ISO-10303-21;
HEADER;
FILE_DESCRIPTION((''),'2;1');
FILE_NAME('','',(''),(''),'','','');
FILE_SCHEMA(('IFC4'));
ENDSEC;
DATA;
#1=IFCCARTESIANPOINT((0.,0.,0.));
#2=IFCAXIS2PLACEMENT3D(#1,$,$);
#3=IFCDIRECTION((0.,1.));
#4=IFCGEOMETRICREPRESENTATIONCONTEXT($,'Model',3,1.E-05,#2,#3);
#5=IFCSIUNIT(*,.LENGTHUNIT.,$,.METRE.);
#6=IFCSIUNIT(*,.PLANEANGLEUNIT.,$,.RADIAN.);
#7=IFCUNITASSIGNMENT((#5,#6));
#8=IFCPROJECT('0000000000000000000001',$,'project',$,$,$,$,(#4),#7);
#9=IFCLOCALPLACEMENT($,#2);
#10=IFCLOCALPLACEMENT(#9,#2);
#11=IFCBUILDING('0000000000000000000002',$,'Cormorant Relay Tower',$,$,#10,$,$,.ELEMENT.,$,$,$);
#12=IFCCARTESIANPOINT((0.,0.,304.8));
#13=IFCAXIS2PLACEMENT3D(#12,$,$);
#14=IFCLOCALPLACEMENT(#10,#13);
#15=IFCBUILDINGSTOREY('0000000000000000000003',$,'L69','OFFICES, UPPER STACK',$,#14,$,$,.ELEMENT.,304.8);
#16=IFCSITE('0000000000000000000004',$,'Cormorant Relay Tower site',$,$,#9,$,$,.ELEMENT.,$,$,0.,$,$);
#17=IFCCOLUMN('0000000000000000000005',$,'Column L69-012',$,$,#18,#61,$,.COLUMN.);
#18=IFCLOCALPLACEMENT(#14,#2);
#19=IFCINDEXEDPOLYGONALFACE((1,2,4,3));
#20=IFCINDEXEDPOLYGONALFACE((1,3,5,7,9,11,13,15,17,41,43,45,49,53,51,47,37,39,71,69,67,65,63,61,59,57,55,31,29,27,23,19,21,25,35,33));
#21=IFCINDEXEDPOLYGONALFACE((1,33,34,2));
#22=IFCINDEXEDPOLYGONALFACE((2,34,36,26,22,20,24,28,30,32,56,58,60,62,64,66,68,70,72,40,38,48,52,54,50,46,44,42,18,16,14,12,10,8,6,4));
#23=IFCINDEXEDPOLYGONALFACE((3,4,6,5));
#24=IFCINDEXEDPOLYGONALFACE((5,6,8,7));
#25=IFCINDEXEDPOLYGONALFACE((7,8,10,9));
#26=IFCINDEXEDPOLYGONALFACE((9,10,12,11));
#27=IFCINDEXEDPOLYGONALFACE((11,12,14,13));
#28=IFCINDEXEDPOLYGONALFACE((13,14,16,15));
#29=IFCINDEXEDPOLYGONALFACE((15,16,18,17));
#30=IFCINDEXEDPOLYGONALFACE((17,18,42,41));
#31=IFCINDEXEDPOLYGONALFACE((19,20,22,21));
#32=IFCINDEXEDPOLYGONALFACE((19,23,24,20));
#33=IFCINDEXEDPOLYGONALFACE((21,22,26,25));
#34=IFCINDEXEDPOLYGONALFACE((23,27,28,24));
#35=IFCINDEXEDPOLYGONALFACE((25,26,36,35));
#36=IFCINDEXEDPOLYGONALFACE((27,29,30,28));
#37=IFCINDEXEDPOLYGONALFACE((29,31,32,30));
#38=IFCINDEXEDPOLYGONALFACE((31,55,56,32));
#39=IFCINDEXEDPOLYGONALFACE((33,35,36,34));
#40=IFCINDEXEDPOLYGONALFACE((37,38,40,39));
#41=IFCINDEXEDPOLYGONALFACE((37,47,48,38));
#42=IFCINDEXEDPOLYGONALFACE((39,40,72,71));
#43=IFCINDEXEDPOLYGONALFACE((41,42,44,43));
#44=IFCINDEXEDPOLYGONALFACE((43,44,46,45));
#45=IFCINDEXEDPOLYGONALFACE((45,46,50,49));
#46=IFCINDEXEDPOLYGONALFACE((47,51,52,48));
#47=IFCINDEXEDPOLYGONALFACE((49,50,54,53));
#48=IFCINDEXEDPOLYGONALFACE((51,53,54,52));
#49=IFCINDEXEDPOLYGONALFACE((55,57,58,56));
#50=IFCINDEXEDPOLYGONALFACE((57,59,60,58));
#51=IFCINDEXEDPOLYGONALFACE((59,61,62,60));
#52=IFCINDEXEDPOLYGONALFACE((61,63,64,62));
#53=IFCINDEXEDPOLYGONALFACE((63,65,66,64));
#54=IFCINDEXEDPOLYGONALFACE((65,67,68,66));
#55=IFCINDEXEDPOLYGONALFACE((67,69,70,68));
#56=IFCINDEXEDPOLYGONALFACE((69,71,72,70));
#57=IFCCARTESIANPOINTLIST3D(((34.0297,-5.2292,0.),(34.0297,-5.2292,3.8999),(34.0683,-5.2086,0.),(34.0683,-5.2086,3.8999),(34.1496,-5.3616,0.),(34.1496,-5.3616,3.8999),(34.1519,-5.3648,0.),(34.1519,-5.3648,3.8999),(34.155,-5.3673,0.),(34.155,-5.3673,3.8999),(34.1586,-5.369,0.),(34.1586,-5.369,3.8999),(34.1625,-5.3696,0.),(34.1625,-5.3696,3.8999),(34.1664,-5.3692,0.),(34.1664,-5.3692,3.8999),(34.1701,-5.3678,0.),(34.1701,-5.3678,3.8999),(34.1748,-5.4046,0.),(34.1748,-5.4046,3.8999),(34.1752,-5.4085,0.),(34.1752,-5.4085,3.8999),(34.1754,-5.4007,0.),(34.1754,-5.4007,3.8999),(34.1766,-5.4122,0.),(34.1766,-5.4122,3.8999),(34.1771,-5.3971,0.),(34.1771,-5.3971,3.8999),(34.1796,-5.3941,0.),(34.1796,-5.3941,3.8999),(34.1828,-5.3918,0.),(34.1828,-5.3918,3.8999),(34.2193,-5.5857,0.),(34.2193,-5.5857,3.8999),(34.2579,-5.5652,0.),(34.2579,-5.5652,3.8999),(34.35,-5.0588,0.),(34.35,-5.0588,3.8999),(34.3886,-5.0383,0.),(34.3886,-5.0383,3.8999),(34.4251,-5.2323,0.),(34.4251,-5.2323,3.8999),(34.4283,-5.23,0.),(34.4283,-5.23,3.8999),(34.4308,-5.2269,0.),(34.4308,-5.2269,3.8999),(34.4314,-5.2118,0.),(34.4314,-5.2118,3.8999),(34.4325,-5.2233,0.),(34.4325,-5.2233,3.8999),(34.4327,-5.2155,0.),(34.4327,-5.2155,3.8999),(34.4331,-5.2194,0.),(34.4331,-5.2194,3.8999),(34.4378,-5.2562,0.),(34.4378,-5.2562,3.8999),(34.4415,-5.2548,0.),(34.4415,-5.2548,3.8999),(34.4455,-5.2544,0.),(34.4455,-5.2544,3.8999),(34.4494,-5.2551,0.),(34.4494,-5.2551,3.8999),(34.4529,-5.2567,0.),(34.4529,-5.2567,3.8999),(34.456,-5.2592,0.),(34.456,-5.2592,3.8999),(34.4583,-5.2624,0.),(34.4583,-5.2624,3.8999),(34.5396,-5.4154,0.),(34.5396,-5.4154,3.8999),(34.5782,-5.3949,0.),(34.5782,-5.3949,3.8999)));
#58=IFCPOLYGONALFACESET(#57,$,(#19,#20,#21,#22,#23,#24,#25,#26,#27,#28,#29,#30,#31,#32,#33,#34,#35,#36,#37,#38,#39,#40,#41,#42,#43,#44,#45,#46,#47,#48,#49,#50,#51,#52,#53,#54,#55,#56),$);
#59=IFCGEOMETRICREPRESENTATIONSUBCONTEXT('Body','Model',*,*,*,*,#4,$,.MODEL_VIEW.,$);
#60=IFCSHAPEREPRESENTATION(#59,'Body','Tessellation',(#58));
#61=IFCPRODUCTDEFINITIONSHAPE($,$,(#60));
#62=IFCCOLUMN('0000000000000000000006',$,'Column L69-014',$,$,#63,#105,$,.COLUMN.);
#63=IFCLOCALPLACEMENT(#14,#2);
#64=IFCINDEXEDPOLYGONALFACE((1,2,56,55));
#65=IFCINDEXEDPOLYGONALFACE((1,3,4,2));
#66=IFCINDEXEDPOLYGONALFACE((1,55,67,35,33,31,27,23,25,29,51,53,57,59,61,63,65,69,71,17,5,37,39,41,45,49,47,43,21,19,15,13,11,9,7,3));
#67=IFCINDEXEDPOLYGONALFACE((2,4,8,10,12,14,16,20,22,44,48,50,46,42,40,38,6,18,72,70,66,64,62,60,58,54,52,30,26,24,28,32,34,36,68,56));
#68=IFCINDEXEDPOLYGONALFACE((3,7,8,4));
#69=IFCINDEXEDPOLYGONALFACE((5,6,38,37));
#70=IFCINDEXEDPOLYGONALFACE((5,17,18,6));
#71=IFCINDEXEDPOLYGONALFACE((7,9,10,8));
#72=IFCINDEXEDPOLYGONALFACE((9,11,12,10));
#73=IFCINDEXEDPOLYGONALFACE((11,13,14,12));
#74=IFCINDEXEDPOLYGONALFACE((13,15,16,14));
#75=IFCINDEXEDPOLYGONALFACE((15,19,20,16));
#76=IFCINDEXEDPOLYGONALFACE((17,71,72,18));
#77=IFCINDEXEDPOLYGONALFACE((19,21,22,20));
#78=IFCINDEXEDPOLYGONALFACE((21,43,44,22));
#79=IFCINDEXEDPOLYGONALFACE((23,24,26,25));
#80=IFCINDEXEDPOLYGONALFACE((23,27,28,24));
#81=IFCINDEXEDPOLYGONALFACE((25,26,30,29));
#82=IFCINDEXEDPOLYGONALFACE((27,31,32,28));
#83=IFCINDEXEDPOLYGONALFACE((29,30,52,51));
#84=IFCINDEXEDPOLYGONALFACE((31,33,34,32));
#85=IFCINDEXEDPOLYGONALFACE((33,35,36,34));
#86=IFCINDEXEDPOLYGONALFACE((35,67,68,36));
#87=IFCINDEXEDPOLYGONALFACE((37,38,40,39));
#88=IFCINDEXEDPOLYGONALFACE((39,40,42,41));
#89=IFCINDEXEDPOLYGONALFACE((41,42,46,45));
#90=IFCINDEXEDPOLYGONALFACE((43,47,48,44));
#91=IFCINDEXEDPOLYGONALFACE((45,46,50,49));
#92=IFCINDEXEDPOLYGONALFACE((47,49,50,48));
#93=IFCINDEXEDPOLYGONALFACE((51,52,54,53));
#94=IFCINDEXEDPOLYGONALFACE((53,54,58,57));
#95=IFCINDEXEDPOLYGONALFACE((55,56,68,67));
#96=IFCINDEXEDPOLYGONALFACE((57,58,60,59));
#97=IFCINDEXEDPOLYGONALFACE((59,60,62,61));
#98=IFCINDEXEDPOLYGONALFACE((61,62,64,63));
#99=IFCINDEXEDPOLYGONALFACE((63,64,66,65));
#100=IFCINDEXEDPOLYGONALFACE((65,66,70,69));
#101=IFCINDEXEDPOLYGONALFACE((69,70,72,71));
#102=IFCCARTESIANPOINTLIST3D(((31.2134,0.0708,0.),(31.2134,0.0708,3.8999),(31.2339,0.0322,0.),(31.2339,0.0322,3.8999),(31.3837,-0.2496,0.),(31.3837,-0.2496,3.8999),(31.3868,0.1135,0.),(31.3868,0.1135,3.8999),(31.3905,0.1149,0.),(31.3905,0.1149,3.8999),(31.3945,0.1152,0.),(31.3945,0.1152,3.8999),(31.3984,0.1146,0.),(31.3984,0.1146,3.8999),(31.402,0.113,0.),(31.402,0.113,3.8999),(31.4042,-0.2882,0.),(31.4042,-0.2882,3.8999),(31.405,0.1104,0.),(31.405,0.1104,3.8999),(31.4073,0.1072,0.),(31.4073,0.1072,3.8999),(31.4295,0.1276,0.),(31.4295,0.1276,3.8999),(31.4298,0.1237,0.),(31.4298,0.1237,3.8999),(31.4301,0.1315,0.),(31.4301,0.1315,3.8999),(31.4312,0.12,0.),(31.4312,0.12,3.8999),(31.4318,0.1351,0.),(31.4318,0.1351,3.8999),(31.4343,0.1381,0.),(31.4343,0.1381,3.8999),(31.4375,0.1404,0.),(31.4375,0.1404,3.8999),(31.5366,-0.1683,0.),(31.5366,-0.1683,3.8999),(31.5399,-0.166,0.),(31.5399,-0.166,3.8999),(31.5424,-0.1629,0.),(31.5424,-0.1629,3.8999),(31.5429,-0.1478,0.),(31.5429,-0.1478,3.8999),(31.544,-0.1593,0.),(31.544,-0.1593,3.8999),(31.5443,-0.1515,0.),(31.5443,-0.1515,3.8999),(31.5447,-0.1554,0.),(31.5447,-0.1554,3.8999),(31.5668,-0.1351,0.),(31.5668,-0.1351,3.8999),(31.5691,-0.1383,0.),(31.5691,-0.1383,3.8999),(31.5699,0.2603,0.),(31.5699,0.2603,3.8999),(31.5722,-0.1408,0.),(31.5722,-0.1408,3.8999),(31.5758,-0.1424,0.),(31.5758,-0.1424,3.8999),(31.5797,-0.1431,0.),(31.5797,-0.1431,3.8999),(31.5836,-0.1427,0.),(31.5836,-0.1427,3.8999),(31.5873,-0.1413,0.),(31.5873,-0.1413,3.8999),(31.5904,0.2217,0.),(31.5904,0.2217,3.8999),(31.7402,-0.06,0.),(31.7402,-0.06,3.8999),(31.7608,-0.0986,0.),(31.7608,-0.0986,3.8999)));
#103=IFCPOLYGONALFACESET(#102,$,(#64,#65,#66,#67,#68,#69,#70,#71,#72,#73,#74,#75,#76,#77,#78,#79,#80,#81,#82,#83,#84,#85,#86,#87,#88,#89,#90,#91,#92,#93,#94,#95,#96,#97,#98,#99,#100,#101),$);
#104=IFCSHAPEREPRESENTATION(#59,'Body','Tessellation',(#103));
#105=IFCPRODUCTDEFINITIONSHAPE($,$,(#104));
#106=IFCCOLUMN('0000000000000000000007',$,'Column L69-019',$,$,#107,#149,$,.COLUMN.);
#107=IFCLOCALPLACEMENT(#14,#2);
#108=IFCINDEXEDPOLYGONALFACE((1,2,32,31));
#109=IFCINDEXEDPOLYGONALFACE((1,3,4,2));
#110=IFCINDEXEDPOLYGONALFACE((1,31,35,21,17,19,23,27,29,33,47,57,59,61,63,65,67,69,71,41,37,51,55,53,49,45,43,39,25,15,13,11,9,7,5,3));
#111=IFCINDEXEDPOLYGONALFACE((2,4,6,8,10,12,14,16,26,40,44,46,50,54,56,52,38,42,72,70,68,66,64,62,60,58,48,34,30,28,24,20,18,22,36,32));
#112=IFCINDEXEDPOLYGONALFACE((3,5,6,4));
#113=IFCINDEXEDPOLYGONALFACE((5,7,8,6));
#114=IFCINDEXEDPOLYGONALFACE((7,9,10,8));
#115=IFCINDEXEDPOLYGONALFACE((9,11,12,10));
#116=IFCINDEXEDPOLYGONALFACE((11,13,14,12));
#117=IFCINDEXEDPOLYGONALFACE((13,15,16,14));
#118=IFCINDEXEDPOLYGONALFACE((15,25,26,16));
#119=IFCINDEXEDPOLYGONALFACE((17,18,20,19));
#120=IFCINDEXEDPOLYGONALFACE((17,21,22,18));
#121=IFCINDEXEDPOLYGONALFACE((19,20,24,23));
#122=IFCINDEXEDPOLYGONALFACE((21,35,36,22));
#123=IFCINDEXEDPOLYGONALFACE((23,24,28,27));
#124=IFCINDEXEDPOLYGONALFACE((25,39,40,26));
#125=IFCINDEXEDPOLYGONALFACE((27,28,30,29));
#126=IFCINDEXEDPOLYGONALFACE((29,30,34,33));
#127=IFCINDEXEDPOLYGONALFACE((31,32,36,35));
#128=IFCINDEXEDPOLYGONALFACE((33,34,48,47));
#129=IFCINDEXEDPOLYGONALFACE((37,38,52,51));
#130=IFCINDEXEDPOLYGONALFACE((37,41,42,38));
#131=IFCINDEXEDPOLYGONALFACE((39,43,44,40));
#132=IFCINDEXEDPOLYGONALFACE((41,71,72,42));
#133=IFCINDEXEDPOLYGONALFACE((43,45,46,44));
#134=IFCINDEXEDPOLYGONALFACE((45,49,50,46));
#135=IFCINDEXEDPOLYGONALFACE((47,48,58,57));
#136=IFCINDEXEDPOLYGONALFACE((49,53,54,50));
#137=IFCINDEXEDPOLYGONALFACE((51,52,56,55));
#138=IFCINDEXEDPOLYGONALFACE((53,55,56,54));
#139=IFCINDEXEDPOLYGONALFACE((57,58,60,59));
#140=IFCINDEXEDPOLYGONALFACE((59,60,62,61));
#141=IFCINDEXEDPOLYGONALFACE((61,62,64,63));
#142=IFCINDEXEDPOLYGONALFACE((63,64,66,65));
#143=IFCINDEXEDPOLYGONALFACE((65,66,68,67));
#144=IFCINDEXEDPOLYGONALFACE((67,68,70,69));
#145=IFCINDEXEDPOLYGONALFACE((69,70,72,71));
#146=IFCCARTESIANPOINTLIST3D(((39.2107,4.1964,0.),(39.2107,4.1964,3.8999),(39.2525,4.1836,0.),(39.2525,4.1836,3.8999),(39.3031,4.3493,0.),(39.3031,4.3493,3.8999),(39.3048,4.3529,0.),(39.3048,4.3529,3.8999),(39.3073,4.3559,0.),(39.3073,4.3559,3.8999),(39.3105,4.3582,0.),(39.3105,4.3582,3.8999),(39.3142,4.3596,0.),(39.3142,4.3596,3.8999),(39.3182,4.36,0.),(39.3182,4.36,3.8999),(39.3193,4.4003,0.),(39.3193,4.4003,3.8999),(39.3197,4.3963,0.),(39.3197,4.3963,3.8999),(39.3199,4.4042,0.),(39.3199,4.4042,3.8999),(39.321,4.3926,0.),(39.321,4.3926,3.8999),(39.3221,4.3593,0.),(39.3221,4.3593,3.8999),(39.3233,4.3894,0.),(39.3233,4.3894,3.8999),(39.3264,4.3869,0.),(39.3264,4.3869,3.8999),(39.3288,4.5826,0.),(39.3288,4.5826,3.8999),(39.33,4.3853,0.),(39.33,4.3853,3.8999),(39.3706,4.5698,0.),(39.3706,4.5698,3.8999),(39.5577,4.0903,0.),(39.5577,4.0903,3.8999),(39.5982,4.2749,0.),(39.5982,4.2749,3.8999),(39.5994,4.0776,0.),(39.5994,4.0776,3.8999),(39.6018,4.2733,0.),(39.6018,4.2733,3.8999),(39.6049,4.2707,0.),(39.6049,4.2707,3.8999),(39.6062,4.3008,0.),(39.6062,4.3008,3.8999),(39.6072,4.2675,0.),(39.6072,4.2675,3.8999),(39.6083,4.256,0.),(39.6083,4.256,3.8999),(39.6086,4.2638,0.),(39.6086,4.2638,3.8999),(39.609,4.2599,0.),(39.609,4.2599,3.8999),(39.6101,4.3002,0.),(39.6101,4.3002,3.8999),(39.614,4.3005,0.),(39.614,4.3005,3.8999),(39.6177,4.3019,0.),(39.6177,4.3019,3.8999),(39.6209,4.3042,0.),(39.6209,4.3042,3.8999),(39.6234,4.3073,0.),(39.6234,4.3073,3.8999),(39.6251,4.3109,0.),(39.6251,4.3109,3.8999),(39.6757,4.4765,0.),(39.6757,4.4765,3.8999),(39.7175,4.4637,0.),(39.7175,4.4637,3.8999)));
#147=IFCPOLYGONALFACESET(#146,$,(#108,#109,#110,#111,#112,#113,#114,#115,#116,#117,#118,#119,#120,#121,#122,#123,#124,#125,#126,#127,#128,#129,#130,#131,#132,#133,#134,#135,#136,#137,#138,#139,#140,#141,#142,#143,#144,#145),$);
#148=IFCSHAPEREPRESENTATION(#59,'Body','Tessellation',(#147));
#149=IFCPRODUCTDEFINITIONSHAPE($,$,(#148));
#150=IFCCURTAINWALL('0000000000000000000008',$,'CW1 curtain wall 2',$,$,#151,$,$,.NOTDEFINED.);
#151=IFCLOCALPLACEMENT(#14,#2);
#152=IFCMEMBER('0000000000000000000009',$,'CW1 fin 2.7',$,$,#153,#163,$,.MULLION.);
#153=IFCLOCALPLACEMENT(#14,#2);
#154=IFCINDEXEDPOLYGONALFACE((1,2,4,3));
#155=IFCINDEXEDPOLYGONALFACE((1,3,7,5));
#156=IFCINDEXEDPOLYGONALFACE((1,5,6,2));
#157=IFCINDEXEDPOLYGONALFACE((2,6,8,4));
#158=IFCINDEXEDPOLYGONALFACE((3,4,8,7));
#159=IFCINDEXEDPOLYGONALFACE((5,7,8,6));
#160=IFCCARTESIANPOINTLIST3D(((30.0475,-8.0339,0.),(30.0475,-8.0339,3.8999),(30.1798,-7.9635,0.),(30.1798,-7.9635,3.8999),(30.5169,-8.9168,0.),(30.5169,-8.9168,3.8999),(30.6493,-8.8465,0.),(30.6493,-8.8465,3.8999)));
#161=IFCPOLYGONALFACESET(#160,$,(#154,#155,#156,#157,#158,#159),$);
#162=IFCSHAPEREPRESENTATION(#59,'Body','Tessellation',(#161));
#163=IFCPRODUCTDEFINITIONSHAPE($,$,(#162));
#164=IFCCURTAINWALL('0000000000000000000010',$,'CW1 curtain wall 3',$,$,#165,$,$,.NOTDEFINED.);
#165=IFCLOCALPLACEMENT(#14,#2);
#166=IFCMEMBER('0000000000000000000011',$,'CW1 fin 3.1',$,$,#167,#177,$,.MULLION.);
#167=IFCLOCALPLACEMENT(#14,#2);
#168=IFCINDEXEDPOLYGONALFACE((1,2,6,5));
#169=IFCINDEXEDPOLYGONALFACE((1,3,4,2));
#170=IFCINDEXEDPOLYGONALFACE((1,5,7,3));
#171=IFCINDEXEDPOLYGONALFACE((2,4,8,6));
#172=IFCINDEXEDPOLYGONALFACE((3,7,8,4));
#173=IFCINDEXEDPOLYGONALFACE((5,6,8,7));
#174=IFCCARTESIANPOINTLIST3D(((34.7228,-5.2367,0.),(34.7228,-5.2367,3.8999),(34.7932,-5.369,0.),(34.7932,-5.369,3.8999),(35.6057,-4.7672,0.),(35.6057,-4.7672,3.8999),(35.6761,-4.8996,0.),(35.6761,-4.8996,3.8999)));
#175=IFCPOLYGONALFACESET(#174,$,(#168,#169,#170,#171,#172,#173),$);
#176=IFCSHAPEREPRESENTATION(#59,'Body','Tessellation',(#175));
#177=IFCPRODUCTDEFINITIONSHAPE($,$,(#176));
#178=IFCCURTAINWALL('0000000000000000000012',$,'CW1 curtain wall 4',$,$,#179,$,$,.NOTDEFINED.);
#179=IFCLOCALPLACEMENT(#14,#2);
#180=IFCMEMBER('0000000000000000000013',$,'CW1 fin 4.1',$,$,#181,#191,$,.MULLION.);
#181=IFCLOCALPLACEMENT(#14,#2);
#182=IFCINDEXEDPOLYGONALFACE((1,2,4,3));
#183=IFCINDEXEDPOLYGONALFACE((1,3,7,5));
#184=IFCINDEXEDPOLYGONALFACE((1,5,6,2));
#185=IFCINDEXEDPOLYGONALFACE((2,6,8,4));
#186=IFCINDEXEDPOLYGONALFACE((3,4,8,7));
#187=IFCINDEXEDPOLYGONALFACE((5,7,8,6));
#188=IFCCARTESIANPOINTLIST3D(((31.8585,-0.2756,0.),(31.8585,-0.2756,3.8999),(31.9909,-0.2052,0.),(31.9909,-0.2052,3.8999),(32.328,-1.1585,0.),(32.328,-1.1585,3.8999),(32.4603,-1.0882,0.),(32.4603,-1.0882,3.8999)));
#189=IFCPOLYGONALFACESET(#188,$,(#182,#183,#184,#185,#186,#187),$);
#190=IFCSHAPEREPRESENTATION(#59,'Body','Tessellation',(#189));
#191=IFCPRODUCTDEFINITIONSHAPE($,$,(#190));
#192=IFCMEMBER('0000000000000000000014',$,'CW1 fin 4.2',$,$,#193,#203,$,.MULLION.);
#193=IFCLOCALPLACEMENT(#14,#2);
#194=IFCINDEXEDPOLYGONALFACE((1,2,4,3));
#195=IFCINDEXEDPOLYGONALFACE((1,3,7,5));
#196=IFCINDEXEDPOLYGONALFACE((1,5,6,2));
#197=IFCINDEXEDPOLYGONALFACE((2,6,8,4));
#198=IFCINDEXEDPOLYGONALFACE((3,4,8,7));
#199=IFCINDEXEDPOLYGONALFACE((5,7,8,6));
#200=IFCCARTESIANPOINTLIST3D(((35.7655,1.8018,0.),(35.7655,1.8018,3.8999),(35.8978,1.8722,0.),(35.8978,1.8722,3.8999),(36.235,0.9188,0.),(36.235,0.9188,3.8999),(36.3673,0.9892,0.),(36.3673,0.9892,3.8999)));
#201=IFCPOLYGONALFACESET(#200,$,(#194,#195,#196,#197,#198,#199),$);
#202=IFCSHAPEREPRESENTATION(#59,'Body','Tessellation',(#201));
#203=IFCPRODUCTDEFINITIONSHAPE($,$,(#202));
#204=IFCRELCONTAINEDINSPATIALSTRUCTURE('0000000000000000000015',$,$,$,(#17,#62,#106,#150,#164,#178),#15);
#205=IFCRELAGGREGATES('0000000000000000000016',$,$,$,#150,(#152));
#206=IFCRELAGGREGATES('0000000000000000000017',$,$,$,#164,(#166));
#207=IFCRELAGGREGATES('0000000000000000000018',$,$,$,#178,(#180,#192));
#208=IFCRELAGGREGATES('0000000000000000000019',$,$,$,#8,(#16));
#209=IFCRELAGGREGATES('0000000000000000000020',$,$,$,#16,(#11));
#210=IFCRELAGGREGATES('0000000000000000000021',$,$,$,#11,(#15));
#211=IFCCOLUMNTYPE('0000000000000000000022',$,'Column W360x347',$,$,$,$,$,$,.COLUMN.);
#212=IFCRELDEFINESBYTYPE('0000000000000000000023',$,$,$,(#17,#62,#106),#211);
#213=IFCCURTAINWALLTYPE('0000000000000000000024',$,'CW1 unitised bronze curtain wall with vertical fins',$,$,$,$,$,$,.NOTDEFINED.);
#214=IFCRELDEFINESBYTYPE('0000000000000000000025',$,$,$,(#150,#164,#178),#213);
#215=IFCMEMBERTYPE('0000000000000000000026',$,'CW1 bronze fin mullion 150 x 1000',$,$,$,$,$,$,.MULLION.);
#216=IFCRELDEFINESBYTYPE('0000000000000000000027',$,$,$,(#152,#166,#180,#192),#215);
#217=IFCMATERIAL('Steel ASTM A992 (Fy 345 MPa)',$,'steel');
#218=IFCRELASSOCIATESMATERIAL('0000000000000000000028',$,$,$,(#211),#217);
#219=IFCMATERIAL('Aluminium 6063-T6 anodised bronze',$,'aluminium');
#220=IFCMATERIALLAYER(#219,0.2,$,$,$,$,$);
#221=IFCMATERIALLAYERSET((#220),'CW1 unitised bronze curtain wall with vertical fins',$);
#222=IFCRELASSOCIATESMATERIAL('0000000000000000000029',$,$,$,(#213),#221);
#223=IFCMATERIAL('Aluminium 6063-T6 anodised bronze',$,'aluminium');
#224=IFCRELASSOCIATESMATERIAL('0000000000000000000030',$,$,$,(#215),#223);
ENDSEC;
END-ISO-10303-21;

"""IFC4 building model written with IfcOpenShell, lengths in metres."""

from ifc_helpers import new_model, si_unit, direction, frame, origin, origin_2d, place, context, subcontext, project, spatial, rectangle, i_section, extrude, material, layer, layer_set, material_profile, profile_set, type_object, element, aggregate, save


model = new_model("IFC4")

# Units and contexts
model_context = context("Model", 3, precision=1e-05, world=origin(), true_north=direction((0.0, 1.0)))
body_context = subcontext(model_context, "Body", "Model", "MODEL_VIEW")
ifc_project = project(units=[si_unit("LENGTHUNIT", "METRE"), si_unit("PLANEANGLEUNIT", "RADIAN")], contexts=[model_context])

# Site, building, storey
site_placement = place(None, origin())
site = spatial("IfcSite", under=ifc_project, at=site_placement, Name="Cormorant Relay Tower site", CompositionType="ELEMENT", RefElevation=0.0)
building_placement = place(site_placement, origin())
building = spatial("IfcBuilding", under=site, at=building_placement, Name="Cormorant Relay Tower", CompositionType="ELEMENT")
storey_placement = place(building_placement, frame((0.0, 0.0, 304.8)))
storey = spatial("IfcBuildingStorey", under=building, at=storey_placement, Name="L69", Description="OFFICES, UPPER STACK", CompositionType="ELEMENT", Elevation=304.8)

# Columns
ifc_material_1 = material(Name="Steel ASTM A992 (Fy 345 MPa)", Category="steel")
ifc_material_profile_1 = material_profile(ifc_material_1, i_section(OverallWidth=0.4038, OverallDepth=0.4065, WebThickness=0.0271, FlangeThickness=0.0437, FilletRadius=0.0151, at=origin_2d()), Name="W360x347")
ifc_profile_set_1 = profile_set([ifc_material_profile_1], Name="Steel ASTM A992 (Fy 345 MPa)")
column_type = type_object("IfcColumnType", Name="Column W360x347", PredefinedType="COLUMN", material=ifc_profile_set_1)
for number, where, z_axis, x_axis, name in (
    (1, (34.304, -5.312, 0.0), (0.0, 0.0, 1.0), (-0.469472, 0.882948, 0.0), "Column L69-012"),
    (2, (31.4871, -0.0139, 0.0), (0.0, 0.0, 1.0), (0.882948, 0.469472, 0.0), "Column L69-014"),
    (3, (39.4641, 4.3301, 0.0), (0.0, 0.0, 1.0), (0.292372, 0.956305, 0.0), "Column L69-019"),
):
    element("IfcColumn", number, at=place(storey_placement, frame(where, z_axis=z_axis, x_axis=x_axis)), inside=storey, type_object=column_type, Name=name, PredefinedType="COLUMN", context=body_context, shape_type="SweptSolid", body=[
        extrude(i_section(OverallWidth=0.4038, OverallDepth=0.4065, WebThickness=0.0271, FlangeThickness=0.0437, FilletRadius=0.0151, at=origin_2d()), origin(), (0.0, 0.0, 1.0), 3.8999),
    ])

# Curtain walls, members
ifc_material_2 = material(Name="Aluminium 6063-T6 anodised bronze", Category="aluminium")
ifc_layer_1 = layer(ifc_material_2, 0.2)
ifc_layer_set_1 = layer_set([ifc_layer_1], Name="CW1 unitised bronze curtain wall with vertical fins")
curtain_wall_type = type_object("IfcCurtainWallType", Name="CW1 unitised bronze curtain wall with vertical fins", PredefinedType="NOTDEFINED", material=ifc_layer_set_1)
curtain_wall_1_placement = place(storey_placement, origin())
curtain_wall_1 = element("IfcCurtainWall", 4, at=curtain_wall_1_placement, inside=storey, type_object=curtain_wall_type, Name="CW1 curtain wall 2", PredefinedType="NOTDEFINED")
ifc_material_3 = material(Name="Aluminium 6063-T6 anodised bronze", Category="aluminium")
ifc_material_profile_2 = material_profile(ifc_material_3, rectangle(XDim=0.1499, YDim=1.0, at=origin_2d()), Name="AL 150x1000")
ifc_profile_set_2 = profile_set([ifc_material_profile_2], Name="Aluminium 6063-T6 anodised bronze")
member_type_1 = type_object("IfcMemberType", Name="CW1 bronze fin mullion 150 x 1000", PredefinedType="MULLION", material=ifc_profile_set_2)
member_1_placement = place(storey_placement, frame((30.3484, -8.4402, 0.0), z_axis=(0.0, 0.0, 1.0), x_axis=(0.882948, 0.469472, 0.0)))
member_1 = element("IfcMember", 5, at=member_1_placement, type_object=member_type_1, Name="CW1 fin 2.7", PredefinedType="MULLION", context=body_context, shape_type="SweptSolid", body=[
    extrude(rectangle(XDim=0.1499, YDim=1.0, at=origin_2d()), origin(), (0.0, 0.0, 1.0), 3.8999),
])
curtain_wall_2_placement = place(storey_placement, origin())
curtain_wall_2 = element("IfcCurtainWall", 6, at=curtain_wall_2_placement, inside=storey, type_object=curtain_wall_type, Name="CW1 curtain wall 3", PredefinedType="NOTDEFINED")
member_2_placement = place(storey_placement, frame((35.1995, -5.0681, 0.0), z_axis=(0.0, 0.0, 1.0), x_axis=(-0.469472, 0.882948, 0.0)))
member_2 = element("IfcMember", 7, at=member_2_placement, type_object=member_type_1, Name="CW1 fin 3.1", PredefinedType="MULLION", context=body_context, shape_type="SweptSolid", body=[
    extrude(rectangle(XDim=0.1499, YDim=1.0, at=origin_2d()), origin(), (0.0, 0.0, 1.0), 3.8999),
])

# Curtain wall, members
curtain_wall_3_placement = place(storey_placement, origin())
curtain_wall_3 = element("IfcCurtainWall", 8, at=curtain_wall_3_placement, inside=storey, type_object=curtain_wall_type, Name="CW1 curtain wall 4", PredefinedType="NOTDEFINED")
member_3_placement = place(storey_placement, frame((32.1594, -0.6819, 0.0), z_axis=(0.0, 0.0, 1.0), x_axis=(0.882948, 0.469472, 0.0)))
member_3 = element("IfcMember", 9, at=member_3_placement, type_object=member_type_1, Name="CW1 fin 4.1", PredefinedType="MULLION", context=body_context, shape_type="SweptSolid", body=[
    extrude(rectangle(XDim=0.1499, YDim=1.0, at=origin_2d()), origin(), (0.0, 0.0, 1.0), 3.8999),
])
member_4_placement = place(storey_placement, frame((36.0664, 1.3955, 0.0), z_axis=(0.0, 0.0, 1.0), x_axis=(0.882948, 0.469472, 0.0)))
member_4 = element("IfcMember", 10, at=member_4_placement, type_object=member_type_1, Name="CW1 fin 4.2", PredefinedType="MULLION", context=body_context, shape_type="SweptSolid", body=[
    extrude(rectangle(XDim=0.1499, YDim=1.0, at=origin_2d()), origin(), (0.0, 0.0, 1.0), 3.8999),
])

aggregate(curtain_wall_1, [member_1])
aggregate(curtain_wall_2, [member_2])
aggregate(curtain_wall_3, [member_3, member_4])

save(model, "model.ifc")
